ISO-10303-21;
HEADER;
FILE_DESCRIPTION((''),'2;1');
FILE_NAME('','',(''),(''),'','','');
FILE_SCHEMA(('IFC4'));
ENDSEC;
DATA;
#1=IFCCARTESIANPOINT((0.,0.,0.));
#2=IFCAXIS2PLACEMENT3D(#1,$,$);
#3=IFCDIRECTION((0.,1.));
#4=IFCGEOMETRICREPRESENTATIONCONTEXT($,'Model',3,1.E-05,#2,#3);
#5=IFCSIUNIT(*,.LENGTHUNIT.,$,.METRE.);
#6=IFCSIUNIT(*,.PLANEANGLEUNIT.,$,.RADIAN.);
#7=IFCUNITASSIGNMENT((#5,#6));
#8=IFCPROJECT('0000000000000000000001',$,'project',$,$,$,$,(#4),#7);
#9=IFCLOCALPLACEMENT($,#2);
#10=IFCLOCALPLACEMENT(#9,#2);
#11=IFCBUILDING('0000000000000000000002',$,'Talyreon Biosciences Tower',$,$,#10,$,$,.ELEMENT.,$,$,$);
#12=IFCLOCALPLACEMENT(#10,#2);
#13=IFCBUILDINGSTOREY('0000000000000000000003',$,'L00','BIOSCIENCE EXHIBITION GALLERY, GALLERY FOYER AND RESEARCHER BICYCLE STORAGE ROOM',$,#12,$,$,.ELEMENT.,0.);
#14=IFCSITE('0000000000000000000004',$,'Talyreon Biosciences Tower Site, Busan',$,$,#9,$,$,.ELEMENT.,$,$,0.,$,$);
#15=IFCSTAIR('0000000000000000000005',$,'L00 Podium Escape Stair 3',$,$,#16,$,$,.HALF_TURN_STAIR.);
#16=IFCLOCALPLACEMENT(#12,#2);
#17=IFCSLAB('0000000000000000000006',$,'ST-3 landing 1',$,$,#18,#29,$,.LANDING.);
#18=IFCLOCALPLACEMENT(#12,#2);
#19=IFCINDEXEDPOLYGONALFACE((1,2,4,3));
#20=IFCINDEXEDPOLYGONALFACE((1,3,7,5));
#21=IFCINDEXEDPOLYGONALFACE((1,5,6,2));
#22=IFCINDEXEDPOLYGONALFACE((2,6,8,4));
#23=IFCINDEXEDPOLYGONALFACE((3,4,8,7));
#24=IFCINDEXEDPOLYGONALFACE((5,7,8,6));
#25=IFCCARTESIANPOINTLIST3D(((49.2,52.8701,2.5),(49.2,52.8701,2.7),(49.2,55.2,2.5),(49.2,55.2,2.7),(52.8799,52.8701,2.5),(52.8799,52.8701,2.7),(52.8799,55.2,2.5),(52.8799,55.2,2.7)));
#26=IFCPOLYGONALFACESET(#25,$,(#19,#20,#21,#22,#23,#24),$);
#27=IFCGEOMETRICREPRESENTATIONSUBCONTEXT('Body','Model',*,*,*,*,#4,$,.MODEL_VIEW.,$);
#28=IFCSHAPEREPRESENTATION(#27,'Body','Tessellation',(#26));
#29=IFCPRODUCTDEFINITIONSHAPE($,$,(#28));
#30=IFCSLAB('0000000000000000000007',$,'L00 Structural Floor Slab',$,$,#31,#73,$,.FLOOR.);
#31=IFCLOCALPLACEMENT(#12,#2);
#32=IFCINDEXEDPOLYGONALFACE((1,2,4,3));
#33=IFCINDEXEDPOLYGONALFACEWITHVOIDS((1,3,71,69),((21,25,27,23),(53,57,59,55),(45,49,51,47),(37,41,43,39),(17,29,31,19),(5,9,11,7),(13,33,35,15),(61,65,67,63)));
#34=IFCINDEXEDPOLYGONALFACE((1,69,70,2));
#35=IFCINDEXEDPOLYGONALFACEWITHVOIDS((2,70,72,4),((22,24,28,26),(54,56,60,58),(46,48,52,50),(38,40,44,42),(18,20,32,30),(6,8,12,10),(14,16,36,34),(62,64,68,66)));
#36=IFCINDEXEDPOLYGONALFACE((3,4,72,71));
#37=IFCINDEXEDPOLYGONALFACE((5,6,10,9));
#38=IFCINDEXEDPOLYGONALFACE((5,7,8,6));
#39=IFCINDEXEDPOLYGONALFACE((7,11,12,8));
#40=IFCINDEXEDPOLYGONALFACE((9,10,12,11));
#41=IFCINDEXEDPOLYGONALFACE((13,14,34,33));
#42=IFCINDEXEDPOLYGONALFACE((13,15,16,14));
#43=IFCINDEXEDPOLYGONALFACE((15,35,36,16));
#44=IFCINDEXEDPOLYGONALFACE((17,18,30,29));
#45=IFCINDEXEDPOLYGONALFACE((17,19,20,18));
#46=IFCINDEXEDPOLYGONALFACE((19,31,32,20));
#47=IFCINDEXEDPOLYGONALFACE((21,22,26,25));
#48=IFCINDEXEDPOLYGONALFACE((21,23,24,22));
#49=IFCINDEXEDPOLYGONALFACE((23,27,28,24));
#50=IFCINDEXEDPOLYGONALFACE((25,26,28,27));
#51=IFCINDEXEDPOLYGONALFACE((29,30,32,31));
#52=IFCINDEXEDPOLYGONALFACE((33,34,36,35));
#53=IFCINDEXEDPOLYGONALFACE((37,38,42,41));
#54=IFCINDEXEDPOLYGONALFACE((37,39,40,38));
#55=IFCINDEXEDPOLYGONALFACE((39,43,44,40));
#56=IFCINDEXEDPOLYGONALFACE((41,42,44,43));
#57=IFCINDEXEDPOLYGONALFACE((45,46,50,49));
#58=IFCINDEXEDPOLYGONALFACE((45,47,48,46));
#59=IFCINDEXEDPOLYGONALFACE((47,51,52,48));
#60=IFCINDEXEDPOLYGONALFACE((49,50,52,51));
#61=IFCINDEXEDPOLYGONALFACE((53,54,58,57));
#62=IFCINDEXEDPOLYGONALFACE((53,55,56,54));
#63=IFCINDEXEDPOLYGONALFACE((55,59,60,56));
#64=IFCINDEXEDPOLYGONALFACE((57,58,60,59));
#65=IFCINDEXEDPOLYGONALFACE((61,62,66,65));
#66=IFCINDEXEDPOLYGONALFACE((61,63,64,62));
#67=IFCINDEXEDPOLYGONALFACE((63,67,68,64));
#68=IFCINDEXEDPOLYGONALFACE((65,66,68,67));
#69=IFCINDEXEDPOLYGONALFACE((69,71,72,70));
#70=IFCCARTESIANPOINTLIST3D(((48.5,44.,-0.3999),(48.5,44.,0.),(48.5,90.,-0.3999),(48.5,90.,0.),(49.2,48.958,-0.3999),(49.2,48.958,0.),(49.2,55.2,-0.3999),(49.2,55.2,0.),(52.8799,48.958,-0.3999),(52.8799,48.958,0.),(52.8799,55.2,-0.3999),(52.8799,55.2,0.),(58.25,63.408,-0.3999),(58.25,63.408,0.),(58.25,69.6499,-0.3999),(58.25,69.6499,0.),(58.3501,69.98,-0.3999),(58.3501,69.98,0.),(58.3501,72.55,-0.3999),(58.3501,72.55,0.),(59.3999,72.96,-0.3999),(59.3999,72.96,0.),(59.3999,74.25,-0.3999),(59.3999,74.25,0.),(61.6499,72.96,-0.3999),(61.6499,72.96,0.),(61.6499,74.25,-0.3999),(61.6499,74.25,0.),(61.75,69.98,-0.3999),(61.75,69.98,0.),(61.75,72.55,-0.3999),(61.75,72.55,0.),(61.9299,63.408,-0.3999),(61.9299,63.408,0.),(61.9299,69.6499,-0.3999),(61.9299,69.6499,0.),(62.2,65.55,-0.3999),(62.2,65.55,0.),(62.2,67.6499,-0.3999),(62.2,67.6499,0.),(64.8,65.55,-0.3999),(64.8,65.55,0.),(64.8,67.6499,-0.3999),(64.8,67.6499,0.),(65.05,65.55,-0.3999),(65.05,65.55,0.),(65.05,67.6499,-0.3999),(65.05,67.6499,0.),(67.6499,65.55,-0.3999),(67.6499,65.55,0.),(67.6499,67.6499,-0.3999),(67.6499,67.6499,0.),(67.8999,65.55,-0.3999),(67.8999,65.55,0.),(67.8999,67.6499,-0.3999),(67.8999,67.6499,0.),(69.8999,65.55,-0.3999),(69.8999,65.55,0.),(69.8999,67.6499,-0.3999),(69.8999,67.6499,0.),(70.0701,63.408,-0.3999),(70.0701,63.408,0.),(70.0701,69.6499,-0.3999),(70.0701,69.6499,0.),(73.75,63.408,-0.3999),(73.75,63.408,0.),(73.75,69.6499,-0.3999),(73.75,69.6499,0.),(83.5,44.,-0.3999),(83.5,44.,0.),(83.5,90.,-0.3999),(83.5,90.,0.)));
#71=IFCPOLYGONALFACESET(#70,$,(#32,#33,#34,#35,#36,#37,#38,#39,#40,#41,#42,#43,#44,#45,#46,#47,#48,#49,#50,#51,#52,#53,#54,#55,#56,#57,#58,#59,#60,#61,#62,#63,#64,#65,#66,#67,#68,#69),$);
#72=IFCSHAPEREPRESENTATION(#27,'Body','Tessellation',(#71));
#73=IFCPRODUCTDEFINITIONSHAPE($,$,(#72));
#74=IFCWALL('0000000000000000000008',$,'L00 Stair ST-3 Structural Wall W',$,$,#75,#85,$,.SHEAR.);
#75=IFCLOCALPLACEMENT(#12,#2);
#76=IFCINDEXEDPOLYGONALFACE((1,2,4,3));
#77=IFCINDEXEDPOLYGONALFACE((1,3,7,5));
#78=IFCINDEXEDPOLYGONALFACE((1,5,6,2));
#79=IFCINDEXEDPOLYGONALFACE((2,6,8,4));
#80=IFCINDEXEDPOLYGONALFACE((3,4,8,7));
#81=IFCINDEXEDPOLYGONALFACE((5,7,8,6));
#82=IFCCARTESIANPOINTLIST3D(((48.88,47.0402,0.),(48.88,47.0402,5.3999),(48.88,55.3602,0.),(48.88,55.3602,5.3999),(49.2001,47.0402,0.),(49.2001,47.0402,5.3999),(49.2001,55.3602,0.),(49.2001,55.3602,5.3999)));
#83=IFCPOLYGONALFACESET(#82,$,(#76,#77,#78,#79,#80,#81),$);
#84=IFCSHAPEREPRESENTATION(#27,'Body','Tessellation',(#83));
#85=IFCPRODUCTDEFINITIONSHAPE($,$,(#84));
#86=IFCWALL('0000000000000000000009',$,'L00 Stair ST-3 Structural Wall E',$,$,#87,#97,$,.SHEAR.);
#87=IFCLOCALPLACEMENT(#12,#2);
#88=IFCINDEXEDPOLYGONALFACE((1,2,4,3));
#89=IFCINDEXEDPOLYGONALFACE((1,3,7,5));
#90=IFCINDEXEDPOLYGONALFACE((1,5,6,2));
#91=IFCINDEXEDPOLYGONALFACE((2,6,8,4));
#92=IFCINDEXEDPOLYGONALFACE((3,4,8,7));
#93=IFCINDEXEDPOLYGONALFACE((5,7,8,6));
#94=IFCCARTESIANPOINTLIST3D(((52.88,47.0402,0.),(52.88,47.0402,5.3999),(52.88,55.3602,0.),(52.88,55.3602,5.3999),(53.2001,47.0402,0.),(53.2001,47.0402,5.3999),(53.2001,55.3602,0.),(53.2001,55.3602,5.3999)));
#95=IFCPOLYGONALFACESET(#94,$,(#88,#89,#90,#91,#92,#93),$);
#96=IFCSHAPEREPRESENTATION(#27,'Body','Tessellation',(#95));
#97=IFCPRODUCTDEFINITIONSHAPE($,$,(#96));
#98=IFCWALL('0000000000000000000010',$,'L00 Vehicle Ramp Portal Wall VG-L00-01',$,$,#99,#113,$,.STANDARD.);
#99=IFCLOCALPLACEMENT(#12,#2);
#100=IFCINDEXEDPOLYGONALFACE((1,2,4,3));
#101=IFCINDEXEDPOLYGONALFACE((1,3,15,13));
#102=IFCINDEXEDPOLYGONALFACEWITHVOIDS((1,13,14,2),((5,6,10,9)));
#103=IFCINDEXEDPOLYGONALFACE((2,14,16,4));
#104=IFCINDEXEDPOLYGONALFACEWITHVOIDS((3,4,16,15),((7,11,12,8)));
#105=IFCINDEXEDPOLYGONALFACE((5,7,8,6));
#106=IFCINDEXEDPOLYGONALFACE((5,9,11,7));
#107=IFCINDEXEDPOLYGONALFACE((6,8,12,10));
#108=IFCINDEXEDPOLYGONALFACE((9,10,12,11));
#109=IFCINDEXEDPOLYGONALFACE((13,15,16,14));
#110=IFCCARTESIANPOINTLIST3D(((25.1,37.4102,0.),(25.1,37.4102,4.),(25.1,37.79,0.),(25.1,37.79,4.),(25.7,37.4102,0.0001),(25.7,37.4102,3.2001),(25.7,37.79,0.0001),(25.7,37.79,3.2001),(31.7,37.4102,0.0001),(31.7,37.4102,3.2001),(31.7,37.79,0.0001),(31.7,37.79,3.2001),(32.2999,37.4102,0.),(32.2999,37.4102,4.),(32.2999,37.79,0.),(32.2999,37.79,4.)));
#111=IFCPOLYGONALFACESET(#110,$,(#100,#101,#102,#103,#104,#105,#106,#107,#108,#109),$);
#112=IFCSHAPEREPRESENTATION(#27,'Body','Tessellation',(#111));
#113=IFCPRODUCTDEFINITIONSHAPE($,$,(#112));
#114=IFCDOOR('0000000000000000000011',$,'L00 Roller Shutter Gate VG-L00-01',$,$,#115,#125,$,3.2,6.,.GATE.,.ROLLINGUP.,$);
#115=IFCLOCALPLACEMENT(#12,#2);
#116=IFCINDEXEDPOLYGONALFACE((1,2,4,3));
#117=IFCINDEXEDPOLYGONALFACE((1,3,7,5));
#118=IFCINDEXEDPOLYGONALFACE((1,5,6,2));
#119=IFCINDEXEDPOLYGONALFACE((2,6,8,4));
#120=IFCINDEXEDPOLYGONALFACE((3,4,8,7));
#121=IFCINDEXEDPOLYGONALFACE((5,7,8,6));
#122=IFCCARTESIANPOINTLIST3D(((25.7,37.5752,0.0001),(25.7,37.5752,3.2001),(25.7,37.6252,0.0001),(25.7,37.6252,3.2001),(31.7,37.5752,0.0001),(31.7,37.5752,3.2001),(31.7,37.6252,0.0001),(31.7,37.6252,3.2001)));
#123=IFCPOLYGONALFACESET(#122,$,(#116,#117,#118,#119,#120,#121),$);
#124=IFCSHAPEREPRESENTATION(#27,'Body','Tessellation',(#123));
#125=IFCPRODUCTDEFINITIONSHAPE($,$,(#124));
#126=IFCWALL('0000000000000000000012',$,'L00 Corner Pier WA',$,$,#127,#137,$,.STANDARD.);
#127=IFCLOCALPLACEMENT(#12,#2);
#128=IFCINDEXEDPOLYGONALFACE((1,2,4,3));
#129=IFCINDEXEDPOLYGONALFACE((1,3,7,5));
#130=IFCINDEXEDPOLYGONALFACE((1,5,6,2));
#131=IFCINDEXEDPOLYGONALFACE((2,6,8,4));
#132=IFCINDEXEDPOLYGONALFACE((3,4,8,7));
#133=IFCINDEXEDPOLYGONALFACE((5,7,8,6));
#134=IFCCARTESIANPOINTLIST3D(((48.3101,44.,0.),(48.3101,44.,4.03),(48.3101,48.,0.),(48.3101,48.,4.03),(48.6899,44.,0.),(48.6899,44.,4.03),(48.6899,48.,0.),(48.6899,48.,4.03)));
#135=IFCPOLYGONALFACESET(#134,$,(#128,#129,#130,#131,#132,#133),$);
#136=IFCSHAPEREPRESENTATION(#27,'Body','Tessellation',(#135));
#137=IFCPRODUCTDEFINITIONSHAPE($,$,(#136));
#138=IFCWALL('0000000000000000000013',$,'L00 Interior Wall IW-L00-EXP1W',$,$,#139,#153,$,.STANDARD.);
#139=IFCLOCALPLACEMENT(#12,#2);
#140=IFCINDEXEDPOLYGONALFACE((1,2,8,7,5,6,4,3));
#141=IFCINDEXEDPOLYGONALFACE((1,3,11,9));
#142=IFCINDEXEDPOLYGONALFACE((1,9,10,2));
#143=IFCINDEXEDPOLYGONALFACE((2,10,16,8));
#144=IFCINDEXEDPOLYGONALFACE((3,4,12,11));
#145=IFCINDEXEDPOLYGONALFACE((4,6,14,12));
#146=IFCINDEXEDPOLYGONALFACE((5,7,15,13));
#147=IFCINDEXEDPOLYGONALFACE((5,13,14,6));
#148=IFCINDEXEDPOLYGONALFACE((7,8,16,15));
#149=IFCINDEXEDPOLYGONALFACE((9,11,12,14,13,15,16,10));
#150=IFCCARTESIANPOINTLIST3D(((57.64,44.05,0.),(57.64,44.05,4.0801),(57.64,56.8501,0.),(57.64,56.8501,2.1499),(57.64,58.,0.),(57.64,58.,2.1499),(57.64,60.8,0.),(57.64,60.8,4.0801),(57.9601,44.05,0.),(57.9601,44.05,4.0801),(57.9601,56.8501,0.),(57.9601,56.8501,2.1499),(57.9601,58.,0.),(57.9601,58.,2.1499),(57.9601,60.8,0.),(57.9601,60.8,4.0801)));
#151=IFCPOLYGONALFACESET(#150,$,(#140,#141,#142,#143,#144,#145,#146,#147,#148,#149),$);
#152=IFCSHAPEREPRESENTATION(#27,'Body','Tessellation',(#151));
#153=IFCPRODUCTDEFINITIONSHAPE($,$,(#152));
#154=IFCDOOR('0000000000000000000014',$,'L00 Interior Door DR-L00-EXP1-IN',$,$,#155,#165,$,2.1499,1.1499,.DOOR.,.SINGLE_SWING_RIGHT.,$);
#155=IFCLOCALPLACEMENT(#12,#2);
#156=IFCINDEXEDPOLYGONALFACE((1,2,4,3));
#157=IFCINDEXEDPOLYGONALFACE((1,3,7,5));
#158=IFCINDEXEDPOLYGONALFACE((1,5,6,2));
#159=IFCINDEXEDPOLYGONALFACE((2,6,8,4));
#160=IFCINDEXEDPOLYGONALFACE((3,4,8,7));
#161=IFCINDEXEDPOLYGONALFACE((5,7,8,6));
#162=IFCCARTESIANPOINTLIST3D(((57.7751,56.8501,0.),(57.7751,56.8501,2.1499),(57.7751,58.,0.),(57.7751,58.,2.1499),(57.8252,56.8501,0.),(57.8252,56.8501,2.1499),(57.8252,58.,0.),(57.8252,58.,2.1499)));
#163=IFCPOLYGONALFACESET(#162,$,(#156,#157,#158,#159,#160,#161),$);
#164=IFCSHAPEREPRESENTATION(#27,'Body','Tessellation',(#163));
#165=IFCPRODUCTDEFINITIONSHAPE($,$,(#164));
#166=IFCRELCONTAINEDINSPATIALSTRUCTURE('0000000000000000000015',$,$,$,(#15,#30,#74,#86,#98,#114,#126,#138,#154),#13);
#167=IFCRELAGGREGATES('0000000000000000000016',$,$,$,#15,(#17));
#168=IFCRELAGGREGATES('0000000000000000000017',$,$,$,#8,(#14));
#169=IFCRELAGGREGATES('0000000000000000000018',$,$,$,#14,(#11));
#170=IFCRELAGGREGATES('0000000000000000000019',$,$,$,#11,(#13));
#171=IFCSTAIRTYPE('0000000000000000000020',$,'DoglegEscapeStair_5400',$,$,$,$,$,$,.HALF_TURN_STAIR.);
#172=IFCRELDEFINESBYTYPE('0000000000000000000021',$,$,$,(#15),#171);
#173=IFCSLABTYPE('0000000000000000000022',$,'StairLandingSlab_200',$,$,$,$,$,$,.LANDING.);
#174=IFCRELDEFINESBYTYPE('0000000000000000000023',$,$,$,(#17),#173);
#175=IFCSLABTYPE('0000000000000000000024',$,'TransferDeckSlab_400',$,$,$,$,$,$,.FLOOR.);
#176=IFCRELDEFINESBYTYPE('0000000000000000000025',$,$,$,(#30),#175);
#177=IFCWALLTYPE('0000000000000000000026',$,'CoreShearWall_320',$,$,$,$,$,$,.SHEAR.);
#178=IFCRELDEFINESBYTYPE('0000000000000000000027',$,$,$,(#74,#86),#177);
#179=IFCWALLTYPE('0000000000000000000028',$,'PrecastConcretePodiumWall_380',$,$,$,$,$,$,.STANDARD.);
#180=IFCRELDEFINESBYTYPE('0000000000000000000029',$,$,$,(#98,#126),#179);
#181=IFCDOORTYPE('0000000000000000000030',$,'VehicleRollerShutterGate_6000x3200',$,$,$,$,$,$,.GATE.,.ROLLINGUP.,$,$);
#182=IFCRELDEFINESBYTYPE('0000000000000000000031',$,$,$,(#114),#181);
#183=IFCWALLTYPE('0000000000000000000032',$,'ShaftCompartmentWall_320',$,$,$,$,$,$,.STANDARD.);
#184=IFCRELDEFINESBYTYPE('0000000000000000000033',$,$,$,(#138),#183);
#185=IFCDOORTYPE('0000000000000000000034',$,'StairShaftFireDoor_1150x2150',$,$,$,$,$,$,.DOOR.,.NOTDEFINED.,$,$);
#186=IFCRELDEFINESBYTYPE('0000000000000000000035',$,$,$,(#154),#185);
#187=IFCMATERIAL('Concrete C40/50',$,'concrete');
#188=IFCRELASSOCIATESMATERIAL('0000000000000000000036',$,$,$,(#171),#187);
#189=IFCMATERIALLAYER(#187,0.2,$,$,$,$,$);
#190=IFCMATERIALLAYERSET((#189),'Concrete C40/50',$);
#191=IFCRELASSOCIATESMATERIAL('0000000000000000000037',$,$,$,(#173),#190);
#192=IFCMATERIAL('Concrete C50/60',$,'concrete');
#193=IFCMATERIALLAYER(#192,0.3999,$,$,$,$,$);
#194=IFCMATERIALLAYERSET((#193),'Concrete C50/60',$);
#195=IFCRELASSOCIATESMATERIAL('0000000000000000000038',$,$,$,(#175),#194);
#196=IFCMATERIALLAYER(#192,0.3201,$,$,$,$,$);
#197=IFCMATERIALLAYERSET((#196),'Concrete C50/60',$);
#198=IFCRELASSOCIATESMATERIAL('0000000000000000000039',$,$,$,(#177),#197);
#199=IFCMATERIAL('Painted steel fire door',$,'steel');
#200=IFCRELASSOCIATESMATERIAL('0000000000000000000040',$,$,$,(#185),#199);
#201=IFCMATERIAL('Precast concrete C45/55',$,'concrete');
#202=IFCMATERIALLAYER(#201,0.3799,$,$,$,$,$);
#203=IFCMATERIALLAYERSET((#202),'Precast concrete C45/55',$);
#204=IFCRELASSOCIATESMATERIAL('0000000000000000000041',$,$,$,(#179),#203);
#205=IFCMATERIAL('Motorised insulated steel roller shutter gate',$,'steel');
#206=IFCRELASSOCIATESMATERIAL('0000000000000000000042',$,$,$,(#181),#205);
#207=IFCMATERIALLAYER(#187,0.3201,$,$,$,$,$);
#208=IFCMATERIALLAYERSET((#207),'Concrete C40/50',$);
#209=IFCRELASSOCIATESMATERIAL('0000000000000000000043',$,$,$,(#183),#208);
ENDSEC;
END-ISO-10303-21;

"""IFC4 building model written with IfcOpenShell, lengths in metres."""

from ifc_helpers import new_model, si_unit, direction, frame, frame_2d, origin, place, context, subcontext, project, spatial, polyline, rectangle, outline, extrude, material, layer, layer_set, type_object, element, fill, aggregate, save


model = new_model("IFC4")

# Units and contexts
model_context = context("Model", 3, precision=1e-05, world=origin(), true_north=direction((0.0, 1.0)))
body_context = subcontext(model_context, "Body", "Model", "MODEL_VIEW")
ifc_project = project(units=[si_unit("LENGTHUNIT", "METRE"), si_unit("PLANEANGLEUNIT", "RADIAN")], contexts=[model_context])

# Site, building, storey
site_placement = place(None, origin())
site = spatial("IfcSite", under=ifc_project, at=site_placement, Name="Talyreon Biosciences Tower Site, Busan", CompositionType="ELEMENT", RefElevation=0.0)
building_placement = place(site_placement, origin())
building = spatial("IfcBuilding", under=site, at=building_placement, Name="Talyreon Biosciences Tower", CompositionType="ELEMENT")
storey_placement = place(building_placement, origin())
storey = spatial("IfcBuildingStorey", under=building, at=storey_placement, Name="L00", Description="BIOSCIENCE EXHIBITION GALLERY, GALLERY FOYER AND RESEARCHER BICYCLE STORAGE ROOM", CompositionType="ELEMENT", Elevation=0.0)

# Shared definitions
ifc_material_1 = material(Name="Concrete C50/60", Category="concrete")

# Stair, slab
ifc_material_2 = material(Name="Concrete C40/50", Category="concrete")
stair_type = type_object("IfcStairType", Name="DoglegEscapeStair_5400", PredefinedType="HALF_TURN_STAIR", material=ifc_material_2)
ifc_layer_1 = layer(ifc_material_2, 0.2)
ifc_layer_set_1 = layer_set([ifc_layer_1], Name="Concrete C40/50")
slab_type_1 = type_object("IfcSlabType", Name="StairLandingSlab_200", PredefinedType="LANDING", material=ifc_layer_set_1)
stair_1_placement = place(storey_placement, origin())
stair_1 = element("IfcStair", 1, at=stair_1_placement, inside=storey, type_object=stair_type, Name="L00 Podium Escape Stair 3", PredefinedType="HALF_TURN_STAIR")
slab_1_placement = place(storey_placement, frame((0.0, 0.0, 2.5)))
slab_1 = element("IfcSlab", 2, at=slab_1_placement, type_object=slab_type_1, Name="ST-3 landing 1", PredefinedType="LANDING", context=body_context, shape_type="SweptSolid", body=[
    extrude(outline(polyline([(52.8799, 52.8701), (52.8799, 55.2), (49.2, 55.2), (49.2, 52.8701), (52.8799, 52.8701)])), origin(), (0.0, 0.0, 1.0), 0.2),
])
aggregate(stair_1, [slab_1])

# Slab
ifc_layer_2 = layer(ifc_material_1, 0.3999)
ifc_layer_set_2 = layer_set([ifc_layer_2], Name="Concrete C50/60")
slab_type_2 = type_object("IfcSlabType", Name="TransferDeckSlab_400", PredefinedType="FLOOR", material=ifc_layer_set_2)
slab_2_placement = place(storey_placement, frame((0.0, 0.0, -0.3999)))
element("IfcSlab", 3, at=slab_2_placement, inside=storey, type_object=slab_type_2, Name="L00 Structural Floor Slab", PredefinedType="FLOOR", context=body_context, shape_type="SweptSolid", body=[
    extrude(outline(polyline([(48.5, 44.0), (83.5, 44.0), (83.5, 90.0), (48.5, 90.0), (48.5, 44.0)]), holes=[polyline([(52.8799, 55.2), (52.8799, 48.958), (49.2, 48.958), (49.2, 55.2), (52.8799, 55.2)]), polyline([(61.9299, 69.6499), (61.9299, 63.408), (58.25, 63.408), (58.25, 69.6499), (61.9299, 69.6499)]), polyline([(73.75, 69.6499), (73.75, 63.408), (70.0701, 63.408), (70.0701, 69.6499), (73.75, 69.6499)]), polyline([(64.8, 67.6499), (64.8, 65.55), (62.2, 65.55), (62.2, 67.6499), (64.8, 67.6499)]), polyline([(67.6499, 67.6499), (67.6499, 65.55), (65.05, 65.55), (65.05, 67.6499), (67.6499, 67.6499)]), polyline([(69.8999, 67.6499), (69.8999, 65.55), (67.8999, 65.55), (67.8999, 67.6499), (69.8999, 67.6499)]), polyline([(61.75, 72.55), (61.75, 69.98), (58.3501, 69.98), (58.3501, 72.55), (61.75, 72.55)]), polyline([(61.6499, 74.25), (61.6499, 72.96), (59.3999, 72.96), (59.3999, 74.25), (61.6499, 74.25)])]), origin(), (0.0, 0.0, 1.0), 0.3999),
])

# Walls
ifc_layer_3 = layer(ifc_material_1, 0.3201)
ifc_layer_set_3 = layer_set([ifc_layer_3], Name="Concrete C50/60")
wall_type_1 = type_object("IfcWallType", Name="CoreShearWall_320", PredefinedType="SHEAR", material=ifc_layer_set_3)
for number, where, z_axis, x_axis, name in (
    (4, (49.04, 47.04, 0.0), (0.0, 0.0, 1.0), (0.0, 1.0, 0.0), "L00 Stair ST-3 Structural Wall W"),
    (5, (53.04, 47.04, 0.0), (0.0, 0.0, 1.0), (0.0, 1.0, 0.0), "L00 Stair ST-3 Structural Wall E"),
):
    element("IfcWall", number, at=place(storey_placement, frame(where, z_axis=z_axis, x_axis=x_axis)), inside=storey, type_object=wall_type_1, Name=name, PredefinedType="SHEAR", context=body_context, shape_type="SweptSolid", body=[
        extrude(rectangle(XDim=8.3201, YDim=0.3201, at=frame_2d((4.1602, 0.0))), origin(), (0.0, 0.0, 1.0), 5.3999),
    ])

# Wall, opening, door
ifc_material_3 = material(Name="Painted steel fire door", Category="steel")
door_type_1 = type_object("IfcDoorType", Name="StairShaftFireDoor_1150x2150", OperationType="NOTDEFINED", PredefinedType="DOOR", material=ifc_material_3)
ifc_material_4 = material(Name="Precast concrete C45/55", Category="concrete")
ifc_layer_4 = layer(ifc_material_4, 0.3799)
ifc_layer_set_4 = layer_set([ifc_layer_4], Name="Precast concrete C45/55")
wall_type_2 = type_object("IfcWallType", Name="PrecastConcretePodiumWall_380", PredefinedType="STANDARD", material=ifc_layer_set_4)
wall_1_placement = place(storey_placement, frame((32.3, 37.6001, 0.0), z_axis=(0.0, 0.0, 1.0), x_axis=(-1.0, 0.0, 0.0)))
wall_1 = element("IfcWall", 6, at=wall_1_placement, inside=storey, type_object=wall_type_2, Name="L00 Vehicle Ramp Portal Wall VG-L00-01", PredefinedType="STANDARD", context=body_context, shape_type="SweptSolid", body=[
    extrude(rectangle(XDim=7.2, YDim=0.3799, at=frame_2d((3.6001, 0.0))), origin(), (0.0, 0.0, 1.0), 4.0),
])
opening_1_placement = place(wall_1_placement, frame((0.6001, 0.0, 0.0)))
opening_1 = element("IfcOpeningElement", 7, at=opening_1_placement, cuts=wall_1, PredefinedType="OPENING", context=body_context, shape_type="SweptSolid", body=[
    extrude(rectangle(XDim=6.0, YDim=3.2, at=frame_2d((3.0, 1.6001))), frame((0.0, 0.2, 0.0), z_axis=(0.0, -1.0, 0.0), x_axis=(1.0, 0.0, 0.0)), (0.0, 0.0, 1.0), 0.3999),
])
ifc_material_5 = material(Name="Motorised insulated steel roller shutter gate", Category="steel")
door_type_2 = type_object("IfcDoorType", Name="VehicleRollerShutterGate_6000x3200", OperationType="ROLLINGUP", PredefinedType="GATE", material=ifc_material_5)
door_1_placement = place(opening_1_placement, origin())
door_1 = element("IfcDoor", 8, at=door_1_placement, inside=storey, type_object=door_type_2, Name="L00 Roller Shutter Gate VG-L00-01", OperationType="ROLLINGUP", OverallHeight=3.2, OverallWidth=6.0, PredefinedType="GATE", context=body_context, shape_type="SweptSolid", body=[
    extrude(rectangle(XDim=6.0, YDim=3.2, at=frame_2d((3.0, 1.6001))), frame((0.0, 0.0249, 0.0), z_axis=(0.0, -1.0, 0.0), x_axis=(1.0, 0.0, 0.0)), (0.0, 0.0, 1.0), 0.05),
])
fill(opening_1, door_1)

# Wall
wall_2_placement = place(storey_placement, frame((48.5, 44.0, 0.0), z_axis=(0.0, 0.0, 1.0), x_axis=(0.0, 1.0, 0.0)))
element("IfcWall", 9, at=wall_2_placement, inside=storey, type_object=wall_type_2, Name="L00 Corner Pier WA", PredefinedType="STANDARD", context=body_context, shape_type="SweptSolid", body=[
    extrude(rectangle(XDim=4.0, YDim=0.3799, at=frame_2d((2.0, 0.0))), origin(), (0.0, 0.0, 1.0), 4.03),
])

# Wall, opening, door
ifc_layer_5 = layer(ifc_material_2, 0.3201)
ifc_layer_set_5 = layer_set([ifc_layer_5], Name="Concrete C40/50")
wall_type_3 = type_object("IfcWallType", Name="ShaftCompartmentWall_320", PredefinedType="STANDARD", material=ifc_layer_set_5)
wall_3_placement = place(storey_placement, frame((57.8, 44.05, 0.0), z_axis=(0.0, 0.0, 1.0), x_axis=(0.0, 1.0, 0.0)))
wall_3 = element("IfcWall", 10, at=wall_3_placement, inside=storey, type_object=wall_type_3, Name="L00 Interior Wall IW-L00-EXP1W", PredefinedType="STANDARD", context=body_context, shape_type="SweptSolid", body=[
    extrude(rectangle(XDim=16.75, YDim=0.3201, at=frame_2d((8.375, 0.0))), origin(), (0.0, 0.0, 1.0), 4.0801),
])
opening_2_placement = place(wall_3_placement, frame((12.8, 0.0, 0.0)))
opening_2 = element("IfcOpeningElement", 11, at=opening_2_placement, cuts=wall_3, PredefinedType="OPENING", context=body_context, shape_type="SweptSolid", body=[
    extrude(rectangle(XDim=1.1499, YDim=2.1499, at=frame_2d((0.575, 1.075))), frame((0.0, 0.1699, 0.0), z_axis=(0.0, -1.0, 0.0), x_axis=(1.0, 0.0, 0.0)), (0.0, 0.0, 1.0), 0.3401),
])
door_2_placement = place(opening_2_placement, origin())
door_2 = element("IfcDoor", 12, at=door_2_placement, inside=storey, type_object=door_type_1, Name="L00 Interior Door DR-L00-EXP1-IN", OperationType="SINGLE_SWING_RIGHT", OverallHeight=2.1499, OverallWidth=1.1499, PredefinedType="DOOR", context=body_context, shape_type="SweptSolid", body=[
    extrude(rectangle(XDim=1.1499, YDim=2.1499, at=frame_2d((0.575, 1.075))), frame((0.0, 0.0249, 0.0), z_axis=(0.0, -1.0, 0.0), x_axis=(1.0, 0.0, 0.0)), (0.0, 0.0, 1.0), 0.05),
])
fill(opening_2, door_2)

save(model, "model.ifc")
